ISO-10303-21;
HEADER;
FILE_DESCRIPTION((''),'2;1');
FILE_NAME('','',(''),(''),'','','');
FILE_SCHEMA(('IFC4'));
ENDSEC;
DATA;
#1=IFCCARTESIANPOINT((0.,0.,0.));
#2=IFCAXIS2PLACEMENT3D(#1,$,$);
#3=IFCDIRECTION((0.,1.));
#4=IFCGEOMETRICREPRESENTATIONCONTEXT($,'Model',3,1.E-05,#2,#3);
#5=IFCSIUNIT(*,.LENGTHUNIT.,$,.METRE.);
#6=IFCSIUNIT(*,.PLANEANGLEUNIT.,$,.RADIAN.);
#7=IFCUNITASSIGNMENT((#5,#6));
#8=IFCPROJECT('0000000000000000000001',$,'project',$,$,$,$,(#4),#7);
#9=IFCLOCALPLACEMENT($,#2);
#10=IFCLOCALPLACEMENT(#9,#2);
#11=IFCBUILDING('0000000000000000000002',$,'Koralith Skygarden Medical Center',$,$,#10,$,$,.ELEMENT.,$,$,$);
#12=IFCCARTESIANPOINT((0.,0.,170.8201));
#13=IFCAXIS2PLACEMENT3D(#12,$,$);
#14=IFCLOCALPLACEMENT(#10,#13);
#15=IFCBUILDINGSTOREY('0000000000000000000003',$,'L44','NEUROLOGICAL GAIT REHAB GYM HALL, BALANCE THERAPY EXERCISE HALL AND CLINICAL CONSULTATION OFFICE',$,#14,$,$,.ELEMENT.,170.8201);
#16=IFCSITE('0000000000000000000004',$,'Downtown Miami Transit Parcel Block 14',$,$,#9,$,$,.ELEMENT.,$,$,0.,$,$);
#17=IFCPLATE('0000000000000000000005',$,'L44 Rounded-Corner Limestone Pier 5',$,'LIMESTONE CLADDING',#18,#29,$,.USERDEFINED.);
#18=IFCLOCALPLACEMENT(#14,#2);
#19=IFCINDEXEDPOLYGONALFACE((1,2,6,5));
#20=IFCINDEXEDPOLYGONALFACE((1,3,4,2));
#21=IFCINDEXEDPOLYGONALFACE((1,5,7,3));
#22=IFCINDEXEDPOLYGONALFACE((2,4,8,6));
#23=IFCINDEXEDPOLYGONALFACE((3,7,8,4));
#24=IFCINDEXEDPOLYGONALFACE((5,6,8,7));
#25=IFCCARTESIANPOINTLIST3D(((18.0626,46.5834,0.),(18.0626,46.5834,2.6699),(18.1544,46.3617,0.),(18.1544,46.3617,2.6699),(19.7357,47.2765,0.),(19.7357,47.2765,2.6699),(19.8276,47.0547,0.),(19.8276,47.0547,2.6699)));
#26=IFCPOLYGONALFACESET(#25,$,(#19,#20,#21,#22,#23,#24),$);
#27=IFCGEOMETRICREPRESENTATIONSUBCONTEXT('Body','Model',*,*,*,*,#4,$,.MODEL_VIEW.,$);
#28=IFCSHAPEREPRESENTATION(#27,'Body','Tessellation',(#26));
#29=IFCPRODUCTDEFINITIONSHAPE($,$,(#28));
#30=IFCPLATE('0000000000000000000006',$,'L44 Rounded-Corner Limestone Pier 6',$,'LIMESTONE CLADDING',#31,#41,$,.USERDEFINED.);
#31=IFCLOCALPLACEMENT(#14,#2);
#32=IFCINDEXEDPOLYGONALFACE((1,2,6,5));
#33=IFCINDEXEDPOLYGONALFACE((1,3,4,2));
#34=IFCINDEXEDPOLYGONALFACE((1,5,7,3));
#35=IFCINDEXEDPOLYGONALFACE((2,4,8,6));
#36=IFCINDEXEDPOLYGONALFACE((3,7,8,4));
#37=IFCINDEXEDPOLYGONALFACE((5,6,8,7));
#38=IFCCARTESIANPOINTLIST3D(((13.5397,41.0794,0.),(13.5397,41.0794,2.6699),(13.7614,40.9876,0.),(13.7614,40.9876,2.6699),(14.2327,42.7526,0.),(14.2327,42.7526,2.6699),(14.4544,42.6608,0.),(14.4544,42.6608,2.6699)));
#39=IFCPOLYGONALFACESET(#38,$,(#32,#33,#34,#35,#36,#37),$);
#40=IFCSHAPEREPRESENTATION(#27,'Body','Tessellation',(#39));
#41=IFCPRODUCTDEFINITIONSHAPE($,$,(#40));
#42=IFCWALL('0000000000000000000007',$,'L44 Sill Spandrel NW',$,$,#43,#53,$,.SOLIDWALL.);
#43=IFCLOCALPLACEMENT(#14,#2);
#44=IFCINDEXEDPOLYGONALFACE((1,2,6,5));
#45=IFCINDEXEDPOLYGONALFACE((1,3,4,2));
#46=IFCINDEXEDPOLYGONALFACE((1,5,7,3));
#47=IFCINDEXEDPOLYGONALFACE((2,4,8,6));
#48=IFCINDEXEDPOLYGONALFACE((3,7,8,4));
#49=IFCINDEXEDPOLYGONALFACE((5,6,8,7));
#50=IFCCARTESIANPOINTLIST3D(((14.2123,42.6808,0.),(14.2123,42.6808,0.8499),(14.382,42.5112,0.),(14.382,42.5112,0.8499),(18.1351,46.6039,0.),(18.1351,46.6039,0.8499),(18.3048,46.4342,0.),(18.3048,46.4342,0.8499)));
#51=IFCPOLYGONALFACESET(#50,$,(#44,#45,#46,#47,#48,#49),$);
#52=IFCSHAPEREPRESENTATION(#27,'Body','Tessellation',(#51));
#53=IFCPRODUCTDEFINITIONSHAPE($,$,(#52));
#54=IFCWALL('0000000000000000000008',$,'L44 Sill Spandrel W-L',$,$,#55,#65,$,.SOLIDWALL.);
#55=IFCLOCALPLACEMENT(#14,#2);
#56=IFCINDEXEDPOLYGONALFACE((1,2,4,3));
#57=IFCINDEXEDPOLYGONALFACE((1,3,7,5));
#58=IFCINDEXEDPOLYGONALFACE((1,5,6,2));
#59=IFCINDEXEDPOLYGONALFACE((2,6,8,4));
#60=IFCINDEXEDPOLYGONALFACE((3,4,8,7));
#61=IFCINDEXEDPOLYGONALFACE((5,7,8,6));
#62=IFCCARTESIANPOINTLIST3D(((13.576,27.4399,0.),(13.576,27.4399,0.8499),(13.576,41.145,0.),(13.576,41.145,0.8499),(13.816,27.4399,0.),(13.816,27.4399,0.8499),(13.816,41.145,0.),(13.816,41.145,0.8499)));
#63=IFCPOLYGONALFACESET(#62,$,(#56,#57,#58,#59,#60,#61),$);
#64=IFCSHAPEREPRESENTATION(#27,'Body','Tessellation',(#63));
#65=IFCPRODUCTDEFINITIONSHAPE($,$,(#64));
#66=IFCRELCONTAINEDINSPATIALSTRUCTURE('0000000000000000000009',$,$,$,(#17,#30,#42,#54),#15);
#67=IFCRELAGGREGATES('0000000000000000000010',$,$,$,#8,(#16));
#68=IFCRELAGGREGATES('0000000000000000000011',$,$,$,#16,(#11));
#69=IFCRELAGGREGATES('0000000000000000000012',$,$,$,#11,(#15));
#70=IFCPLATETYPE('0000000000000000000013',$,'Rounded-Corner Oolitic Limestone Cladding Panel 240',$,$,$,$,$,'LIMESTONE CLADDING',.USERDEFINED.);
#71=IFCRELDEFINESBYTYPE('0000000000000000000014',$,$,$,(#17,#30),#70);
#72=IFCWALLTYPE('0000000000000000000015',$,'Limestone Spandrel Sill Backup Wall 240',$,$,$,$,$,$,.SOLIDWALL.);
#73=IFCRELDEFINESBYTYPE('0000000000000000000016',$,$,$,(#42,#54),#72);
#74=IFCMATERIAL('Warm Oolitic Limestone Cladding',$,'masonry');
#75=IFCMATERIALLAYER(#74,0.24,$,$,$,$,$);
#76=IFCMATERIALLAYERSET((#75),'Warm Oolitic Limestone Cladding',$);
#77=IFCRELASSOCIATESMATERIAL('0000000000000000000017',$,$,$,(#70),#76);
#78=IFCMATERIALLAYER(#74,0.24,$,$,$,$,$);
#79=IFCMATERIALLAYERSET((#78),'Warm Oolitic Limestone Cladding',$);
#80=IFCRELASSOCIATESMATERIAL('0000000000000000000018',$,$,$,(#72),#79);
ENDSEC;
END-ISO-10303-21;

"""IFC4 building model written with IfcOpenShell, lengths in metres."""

from ifc_helpers import new_model, si_unit, direction, frame, frame_2d, origin, origin_2d, place, context, subcontext, project, spatial, rectangle, extrude, material, layer, layer_set, type_object, element, save


model = new_model("IFC4")

# Units and contexts
model_context = context("Model", 3, precision=1e-05, world=origin(), true_north=direction((0.0, 1.0)))
body_context = subcontext(model_context, "Body", "Model", "MODEL_VIEW")
ifc_project = project(units=[si_unit("LENGTHUNIT", "METRE"), si_unit("PLANEANGLEUNIT", "RADIAN")], contexts=[model_context])

# Site, building, storey
site_placement = place(None, origin())
site = spatial("IfcSite", under=ifc_project, at=site_placement, Name="Downtown Miami Transit Parcel Block 14", CompositionType="ELEMENT", RefElevation=0.0)
building_placement = place(site_placement, origin())
building = spatial("IfcBuilding", under=site, at=building_placement, Name="Koralith Skygarden Medical Center", CompositionType="ELEMENT")
storey_placement = place(building_placement, frame((0.0, 0.0, 170.8201)))
storey = spatial("IfcBuildingStorey", under=building, at=storey_placement, Name="L44", Description="NEUROLOGICAL GAIT REHAB GYM HALL, BALANCE THERAPY EXERCISE HALL AND CLINICAL CONSULTATION OFFICE", CompositionType="ELEMENT", Elevation=170.8201)

# Plates
ifc_material_1 = material(Name="Warm Oolitic Limestone Cladding", Category="masonry")
ifc_layer_1 = layer(ifc_material_1, 0.24)
ifc_layer_set_1 = layer_set([ifc_layer_1], Name="Warm Oolitic Limestone Cladding")
plate_type_1 = type_object("IfcPlateType", Name="Rounded-Corner Oolitic Limestone Cladding Panel 240", ElementType="LIMESTONE CLADDING", PredefinedType="USERDEFINED", material=ifc_layer_set_1)
for number, where, z_axis, x_axis, name in (
    (1, (18.9451, 46.8191, 0.0), (0.0, 0.0, 1.0), (-0.923885, -0.382671, 0.0), "L44 Rounded-Corner Limestone Pier 5"),
    (2, (13.9971, 41.8701, 0.0), (0.0, 0.0, 1.0), (-0.382671, -0.923885, 0.0), "L44 Rounded-Corner Limestone Pier 6"),
):
    element("IfcPlate", number, at=place(storey_placement, frame(where, z_axis=z_axis, x_axis=x_axis)), inside=storey, type_object=plate_type_1, Name=name, ObjectType="LIMESTONE CLADDING", PredefinedType="USERDEFINED", context=body_context, shape_type="SweptSolid", body=[
        extrude(rectangle(XDim=1.811, YDim=0.24, at=origin_2d()), origin(), (0.0, 0.0, 1.0), 2.6699),
    ])

# Walls
ifc_layer_2 = layer(ifc_material_1, 0.24)
ifc_layer_set_2 = layer_set([ifc_layer_2], Name="Warm Oolitic Limestone Cladding")
wall_type = type_object("IfcWallType", Name="Limestone Spandrel Sill Backup Wall 240", PredefinedType="SOLIDWALL", material=ifc_layer_set_2)
wall_1_placement = place(storey_placement, frame((18.22, 46.519, 0.0), z_axis=(0.0, 0.0, 1.0), x_axis=(-0.707085, -0.707129, 0.0)))
element("IfcWall", 3, at=wall_1_placement, inside=storey, type_object=wall_type, Name="L44 Sill Spandrel NW", PredefinedType="SOLIDWALL", context=body_context, shape_type="SweptSolid", body=[
    extrude(rectangle(XDim=5.5479, YDim=0.24, at=frame_2d((2.7739, 0.0))), origin(), (0.0, 0.0, 1.0), 0.8499),
])
wall_2_placement = place(storey_placement, frame((13.696, 41.145, 0.0), z_axis=(0.0, 0.0, 1.0), x_axis=(0.0, -1.0, 0.0)))
element("IfcWall", 4, at=wall_2_placement, inside=storey, type_object=wall_type, Name="L44 Sill Spandrel W-L", PredefinedType="SOLIDWALL", context=body_context, shape_type="SweptSolid", body=[
    extrude(rectangle(XDim=13.7051, YDim=0.24, at=frame_2d((6.8525, 0.0))), origin(), (0.0, 0.0, 1.0), 0.8499),
])

save(model, "model.ifc")
